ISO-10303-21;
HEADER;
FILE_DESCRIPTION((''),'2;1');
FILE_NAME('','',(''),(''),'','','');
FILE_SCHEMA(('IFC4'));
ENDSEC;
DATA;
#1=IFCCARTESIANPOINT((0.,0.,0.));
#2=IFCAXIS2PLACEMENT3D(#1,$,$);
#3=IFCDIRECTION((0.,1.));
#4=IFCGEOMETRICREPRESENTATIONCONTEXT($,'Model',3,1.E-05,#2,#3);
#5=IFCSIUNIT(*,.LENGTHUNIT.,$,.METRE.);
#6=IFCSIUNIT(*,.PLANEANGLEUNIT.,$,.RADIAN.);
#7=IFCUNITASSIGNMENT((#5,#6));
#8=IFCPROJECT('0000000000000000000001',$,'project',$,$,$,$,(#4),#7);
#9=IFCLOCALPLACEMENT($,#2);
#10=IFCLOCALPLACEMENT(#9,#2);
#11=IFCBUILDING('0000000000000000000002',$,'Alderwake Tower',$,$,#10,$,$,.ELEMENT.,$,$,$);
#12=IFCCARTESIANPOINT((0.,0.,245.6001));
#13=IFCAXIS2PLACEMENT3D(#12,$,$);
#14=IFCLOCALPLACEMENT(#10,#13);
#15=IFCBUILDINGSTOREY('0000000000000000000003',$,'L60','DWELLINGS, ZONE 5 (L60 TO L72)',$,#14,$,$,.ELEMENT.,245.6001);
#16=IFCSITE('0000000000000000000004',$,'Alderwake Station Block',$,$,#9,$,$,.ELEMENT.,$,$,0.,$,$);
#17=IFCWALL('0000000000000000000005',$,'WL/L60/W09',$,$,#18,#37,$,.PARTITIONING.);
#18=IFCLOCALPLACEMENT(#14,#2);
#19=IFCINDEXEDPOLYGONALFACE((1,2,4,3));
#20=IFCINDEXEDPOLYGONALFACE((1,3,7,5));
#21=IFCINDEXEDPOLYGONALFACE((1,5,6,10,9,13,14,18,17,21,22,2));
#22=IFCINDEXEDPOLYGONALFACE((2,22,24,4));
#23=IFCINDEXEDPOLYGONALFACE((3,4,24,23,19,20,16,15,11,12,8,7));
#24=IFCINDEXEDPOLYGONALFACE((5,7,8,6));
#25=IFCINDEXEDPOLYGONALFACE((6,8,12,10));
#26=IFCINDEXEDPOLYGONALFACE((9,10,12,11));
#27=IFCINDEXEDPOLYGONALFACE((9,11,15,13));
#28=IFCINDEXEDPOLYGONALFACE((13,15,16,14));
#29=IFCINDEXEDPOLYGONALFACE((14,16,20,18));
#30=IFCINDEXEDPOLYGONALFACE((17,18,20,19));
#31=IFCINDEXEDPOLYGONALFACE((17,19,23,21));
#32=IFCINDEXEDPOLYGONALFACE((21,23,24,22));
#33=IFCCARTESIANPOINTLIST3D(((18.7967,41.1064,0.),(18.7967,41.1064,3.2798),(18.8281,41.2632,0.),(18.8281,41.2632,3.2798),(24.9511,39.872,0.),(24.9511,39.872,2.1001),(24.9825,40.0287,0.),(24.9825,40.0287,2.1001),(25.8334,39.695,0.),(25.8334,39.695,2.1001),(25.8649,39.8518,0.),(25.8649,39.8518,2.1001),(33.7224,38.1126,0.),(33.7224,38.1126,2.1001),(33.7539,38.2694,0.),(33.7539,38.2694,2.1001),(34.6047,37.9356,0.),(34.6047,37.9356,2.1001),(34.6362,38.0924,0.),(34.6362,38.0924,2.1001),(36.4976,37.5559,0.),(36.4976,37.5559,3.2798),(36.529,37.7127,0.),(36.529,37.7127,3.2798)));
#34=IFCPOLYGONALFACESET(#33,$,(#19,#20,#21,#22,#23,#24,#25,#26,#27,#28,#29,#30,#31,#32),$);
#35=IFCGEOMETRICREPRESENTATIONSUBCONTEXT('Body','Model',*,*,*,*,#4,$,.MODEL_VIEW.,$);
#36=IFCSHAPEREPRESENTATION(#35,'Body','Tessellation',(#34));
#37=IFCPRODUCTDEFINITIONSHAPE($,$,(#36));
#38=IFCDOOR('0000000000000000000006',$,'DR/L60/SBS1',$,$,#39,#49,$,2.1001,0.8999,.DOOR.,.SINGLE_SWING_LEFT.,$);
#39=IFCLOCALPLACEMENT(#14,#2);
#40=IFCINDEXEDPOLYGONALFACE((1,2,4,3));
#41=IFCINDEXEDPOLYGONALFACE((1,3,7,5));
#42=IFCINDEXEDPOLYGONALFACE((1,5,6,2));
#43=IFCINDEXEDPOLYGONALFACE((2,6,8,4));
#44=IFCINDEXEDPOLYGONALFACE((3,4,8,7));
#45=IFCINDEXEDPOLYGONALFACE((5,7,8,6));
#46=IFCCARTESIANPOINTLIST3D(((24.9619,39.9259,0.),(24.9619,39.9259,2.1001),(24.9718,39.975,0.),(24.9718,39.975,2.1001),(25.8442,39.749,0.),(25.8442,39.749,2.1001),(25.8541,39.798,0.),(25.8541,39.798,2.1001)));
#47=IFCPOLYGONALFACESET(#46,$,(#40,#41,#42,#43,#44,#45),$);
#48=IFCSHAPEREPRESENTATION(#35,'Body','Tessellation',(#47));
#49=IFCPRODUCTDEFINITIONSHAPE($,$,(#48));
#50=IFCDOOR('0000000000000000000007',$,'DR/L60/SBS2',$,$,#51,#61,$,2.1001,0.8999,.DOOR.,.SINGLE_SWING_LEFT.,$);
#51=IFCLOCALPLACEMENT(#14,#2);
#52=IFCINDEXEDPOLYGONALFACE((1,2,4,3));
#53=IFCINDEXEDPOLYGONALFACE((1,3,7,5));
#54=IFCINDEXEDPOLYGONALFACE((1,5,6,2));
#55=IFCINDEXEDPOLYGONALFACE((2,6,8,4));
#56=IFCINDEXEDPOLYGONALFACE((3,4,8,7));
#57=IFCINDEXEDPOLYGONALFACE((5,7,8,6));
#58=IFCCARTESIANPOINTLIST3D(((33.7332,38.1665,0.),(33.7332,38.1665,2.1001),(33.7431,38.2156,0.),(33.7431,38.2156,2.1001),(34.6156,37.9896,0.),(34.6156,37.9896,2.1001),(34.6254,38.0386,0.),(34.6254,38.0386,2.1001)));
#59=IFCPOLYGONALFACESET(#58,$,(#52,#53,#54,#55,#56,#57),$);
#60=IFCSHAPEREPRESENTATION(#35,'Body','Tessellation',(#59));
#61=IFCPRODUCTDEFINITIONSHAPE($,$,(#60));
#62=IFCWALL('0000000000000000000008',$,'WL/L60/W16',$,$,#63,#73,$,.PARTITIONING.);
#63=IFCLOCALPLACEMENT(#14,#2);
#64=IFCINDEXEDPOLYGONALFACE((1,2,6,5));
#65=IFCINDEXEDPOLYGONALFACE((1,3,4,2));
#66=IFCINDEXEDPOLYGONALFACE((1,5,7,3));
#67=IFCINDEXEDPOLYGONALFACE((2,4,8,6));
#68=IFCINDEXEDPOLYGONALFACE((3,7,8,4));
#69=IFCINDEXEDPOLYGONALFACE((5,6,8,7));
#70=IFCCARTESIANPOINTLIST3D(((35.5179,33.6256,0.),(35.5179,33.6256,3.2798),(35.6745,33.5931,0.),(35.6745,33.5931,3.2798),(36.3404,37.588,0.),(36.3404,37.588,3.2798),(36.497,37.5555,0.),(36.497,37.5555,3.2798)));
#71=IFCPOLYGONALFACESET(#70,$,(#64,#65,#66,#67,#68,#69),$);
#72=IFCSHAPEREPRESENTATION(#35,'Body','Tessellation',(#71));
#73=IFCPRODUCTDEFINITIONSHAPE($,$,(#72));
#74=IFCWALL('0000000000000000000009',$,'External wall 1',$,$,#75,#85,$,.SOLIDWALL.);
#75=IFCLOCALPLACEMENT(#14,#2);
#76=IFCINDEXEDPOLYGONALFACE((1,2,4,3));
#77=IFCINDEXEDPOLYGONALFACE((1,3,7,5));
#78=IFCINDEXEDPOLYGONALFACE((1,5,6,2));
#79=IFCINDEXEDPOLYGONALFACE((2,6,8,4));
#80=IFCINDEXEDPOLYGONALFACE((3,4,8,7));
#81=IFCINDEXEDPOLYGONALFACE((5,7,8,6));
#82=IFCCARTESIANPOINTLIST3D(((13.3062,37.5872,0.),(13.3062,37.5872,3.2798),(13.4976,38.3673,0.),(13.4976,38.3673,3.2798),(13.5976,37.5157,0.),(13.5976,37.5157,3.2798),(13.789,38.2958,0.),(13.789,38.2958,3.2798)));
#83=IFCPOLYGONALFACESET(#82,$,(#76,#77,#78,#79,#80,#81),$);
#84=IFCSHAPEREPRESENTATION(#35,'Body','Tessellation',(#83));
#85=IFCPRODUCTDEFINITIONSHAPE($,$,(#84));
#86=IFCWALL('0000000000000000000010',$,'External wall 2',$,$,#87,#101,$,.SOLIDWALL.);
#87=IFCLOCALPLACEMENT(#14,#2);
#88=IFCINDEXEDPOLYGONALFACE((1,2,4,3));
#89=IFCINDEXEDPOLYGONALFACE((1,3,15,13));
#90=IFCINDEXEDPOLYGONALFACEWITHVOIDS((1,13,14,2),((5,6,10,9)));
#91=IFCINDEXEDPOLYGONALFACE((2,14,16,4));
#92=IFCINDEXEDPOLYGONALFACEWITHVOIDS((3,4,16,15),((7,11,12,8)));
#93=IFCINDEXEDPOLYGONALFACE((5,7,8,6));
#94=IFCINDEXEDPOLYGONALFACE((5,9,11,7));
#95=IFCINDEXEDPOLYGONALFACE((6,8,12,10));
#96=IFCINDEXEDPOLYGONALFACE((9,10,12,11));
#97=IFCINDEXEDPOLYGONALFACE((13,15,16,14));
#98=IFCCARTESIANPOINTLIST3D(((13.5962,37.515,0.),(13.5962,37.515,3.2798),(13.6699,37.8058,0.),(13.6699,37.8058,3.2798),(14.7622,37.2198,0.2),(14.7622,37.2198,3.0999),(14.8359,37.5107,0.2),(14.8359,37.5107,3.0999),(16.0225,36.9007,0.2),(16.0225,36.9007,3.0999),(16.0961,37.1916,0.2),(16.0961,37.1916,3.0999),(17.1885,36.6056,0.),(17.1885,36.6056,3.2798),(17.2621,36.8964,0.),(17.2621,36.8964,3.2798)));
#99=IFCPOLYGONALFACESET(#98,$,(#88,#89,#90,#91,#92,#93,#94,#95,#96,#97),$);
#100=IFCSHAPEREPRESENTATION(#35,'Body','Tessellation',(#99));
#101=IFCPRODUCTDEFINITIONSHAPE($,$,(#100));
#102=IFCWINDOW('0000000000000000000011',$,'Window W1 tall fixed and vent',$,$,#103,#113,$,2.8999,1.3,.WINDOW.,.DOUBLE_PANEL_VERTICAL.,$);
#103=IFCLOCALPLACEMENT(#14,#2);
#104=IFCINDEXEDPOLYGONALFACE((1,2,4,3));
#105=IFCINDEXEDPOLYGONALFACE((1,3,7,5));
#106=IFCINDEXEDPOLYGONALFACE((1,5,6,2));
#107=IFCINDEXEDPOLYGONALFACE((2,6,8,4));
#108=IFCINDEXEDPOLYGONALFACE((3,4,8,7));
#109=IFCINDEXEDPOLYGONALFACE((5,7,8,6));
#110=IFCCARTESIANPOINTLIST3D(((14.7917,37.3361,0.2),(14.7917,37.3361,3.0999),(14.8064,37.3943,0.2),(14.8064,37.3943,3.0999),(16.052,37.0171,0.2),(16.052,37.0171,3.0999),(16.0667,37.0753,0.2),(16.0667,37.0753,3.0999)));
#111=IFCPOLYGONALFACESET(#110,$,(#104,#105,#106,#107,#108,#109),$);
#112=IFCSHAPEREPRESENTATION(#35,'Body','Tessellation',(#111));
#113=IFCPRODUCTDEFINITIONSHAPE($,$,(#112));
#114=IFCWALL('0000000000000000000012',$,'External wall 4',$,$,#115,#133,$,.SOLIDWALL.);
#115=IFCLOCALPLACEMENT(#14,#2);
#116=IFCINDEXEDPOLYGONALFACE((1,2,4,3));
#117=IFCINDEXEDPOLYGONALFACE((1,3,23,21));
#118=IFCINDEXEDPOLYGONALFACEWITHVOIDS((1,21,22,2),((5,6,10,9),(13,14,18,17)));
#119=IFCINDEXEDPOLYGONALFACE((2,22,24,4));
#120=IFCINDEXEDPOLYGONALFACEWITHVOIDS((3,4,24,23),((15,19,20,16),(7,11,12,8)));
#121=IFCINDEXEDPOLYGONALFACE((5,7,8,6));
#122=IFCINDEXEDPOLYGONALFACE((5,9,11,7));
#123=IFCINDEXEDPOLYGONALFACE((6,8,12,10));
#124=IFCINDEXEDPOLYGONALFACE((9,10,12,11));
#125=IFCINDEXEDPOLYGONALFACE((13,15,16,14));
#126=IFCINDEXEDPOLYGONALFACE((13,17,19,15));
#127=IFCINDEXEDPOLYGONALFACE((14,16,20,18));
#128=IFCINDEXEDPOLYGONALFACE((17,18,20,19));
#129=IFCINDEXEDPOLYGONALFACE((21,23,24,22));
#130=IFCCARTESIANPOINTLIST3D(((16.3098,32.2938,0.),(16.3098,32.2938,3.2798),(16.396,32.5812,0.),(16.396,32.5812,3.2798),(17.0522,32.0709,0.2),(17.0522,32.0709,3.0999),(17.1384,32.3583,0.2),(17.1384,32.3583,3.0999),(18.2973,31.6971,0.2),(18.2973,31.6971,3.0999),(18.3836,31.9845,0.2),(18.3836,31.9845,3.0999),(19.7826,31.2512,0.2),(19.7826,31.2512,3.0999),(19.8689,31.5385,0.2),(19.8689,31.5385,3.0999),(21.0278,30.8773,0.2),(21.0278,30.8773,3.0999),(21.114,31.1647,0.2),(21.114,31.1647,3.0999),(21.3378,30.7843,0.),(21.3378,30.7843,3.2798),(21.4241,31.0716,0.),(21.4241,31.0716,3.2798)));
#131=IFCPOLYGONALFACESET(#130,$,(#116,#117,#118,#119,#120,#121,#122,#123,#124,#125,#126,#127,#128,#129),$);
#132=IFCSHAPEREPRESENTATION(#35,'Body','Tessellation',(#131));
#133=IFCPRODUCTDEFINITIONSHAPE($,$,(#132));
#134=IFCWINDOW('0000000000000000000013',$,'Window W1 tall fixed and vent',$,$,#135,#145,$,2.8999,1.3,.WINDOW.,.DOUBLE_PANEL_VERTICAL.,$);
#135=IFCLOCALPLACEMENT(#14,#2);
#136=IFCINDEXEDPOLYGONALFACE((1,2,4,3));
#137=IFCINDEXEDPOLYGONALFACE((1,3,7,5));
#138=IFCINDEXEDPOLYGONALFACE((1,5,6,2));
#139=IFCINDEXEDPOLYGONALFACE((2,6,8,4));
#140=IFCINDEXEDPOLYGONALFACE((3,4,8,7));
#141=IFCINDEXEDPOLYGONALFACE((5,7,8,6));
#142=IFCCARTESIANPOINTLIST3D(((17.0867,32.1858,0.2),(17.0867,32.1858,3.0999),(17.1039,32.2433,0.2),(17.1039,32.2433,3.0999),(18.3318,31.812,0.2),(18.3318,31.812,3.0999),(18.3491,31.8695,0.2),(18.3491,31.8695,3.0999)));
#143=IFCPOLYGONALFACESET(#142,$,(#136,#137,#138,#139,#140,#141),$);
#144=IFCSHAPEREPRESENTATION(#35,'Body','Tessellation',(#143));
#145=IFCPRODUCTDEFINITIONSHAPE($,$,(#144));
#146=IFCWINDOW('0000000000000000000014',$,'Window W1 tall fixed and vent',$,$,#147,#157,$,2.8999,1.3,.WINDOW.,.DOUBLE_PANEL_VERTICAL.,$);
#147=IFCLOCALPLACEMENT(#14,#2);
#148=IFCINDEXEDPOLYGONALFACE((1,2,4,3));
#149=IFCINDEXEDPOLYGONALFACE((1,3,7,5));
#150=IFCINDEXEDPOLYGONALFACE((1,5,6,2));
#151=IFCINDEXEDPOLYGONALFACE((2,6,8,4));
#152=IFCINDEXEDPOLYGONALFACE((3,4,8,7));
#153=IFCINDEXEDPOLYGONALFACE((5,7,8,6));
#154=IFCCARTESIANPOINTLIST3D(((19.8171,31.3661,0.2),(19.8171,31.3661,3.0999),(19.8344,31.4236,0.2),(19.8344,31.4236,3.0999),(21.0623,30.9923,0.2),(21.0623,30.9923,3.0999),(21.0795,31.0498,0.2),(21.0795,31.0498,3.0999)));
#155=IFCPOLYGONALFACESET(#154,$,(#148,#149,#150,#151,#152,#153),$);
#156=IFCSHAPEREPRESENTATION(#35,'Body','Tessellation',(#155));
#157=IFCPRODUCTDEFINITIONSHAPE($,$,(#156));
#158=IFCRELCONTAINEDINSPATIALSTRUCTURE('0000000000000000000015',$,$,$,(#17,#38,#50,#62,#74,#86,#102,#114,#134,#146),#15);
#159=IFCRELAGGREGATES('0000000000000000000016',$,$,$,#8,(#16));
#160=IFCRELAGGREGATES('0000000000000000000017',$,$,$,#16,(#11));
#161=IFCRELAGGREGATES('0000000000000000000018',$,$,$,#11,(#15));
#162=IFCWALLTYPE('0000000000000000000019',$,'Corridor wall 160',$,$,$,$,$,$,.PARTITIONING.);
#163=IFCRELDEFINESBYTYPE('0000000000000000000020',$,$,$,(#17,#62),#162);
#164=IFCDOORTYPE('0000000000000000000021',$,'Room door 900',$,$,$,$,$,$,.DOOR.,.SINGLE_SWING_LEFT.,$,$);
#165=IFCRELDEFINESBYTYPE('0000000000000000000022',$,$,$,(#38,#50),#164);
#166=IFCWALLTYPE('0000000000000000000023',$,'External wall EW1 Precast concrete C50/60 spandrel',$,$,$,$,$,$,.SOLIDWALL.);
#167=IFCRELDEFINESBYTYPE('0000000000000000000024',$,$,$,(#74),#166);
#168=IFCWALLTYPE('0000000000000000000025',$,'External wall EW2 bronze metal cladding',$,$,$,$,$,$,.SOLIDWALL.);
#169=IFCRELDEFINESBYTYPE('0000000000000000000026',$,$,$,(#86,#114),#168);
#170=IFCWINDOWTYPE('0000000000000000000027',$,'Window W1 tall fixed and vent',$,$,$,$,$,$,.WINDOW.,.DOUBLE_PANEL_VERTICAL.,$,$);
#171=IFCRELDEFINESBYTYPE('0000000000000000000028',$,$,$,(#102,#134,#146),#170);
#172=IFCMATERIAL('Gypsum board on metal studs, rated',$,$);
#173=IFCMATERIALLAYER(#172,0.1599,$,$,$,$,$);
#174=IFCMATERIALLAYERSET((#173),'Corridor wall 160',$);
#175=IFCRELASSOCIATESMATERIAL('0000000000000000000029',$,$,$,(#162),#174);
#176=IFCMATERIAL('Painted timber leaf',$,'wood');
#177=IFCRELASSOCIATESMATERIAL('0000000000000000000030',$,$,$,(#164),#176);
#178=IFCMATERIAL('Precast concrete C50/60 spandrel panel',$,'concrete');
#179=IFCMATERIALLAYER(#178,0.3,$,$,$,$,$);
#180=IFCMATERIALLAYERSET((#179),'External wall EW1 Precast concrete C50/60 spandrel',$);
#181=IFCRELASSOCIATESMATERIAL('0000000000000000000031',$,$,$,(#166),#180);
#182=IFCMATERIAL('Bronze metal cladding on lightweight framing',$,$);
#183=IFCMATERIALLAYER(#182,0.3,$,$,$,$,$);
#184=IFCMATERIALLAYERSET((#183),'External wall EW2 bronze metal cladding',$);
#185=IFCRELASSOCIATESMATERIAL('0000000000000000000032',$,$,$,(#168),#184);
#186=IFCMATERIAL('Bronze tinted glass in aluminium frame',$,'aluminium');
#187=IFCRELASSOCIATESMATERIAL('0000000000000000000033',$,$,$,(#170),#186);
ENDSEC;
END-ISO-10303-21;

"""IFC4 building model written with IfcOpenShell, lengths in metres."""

from ifc_helpers import new_model, si_unit, direction, frame, frame_2d, origin, place, context, subcontext, project, spatial, rectangle, extrude, material, layer, layer_set, type_object, element, fill, save


model = new_model("IFC4")

# Units and contexts
model_context = context("Model", 3, precision=1e-05, world=origin(), true_north=direction((0.0, 1.0)))
body_context = subcontext(model_context, "Body", "Model", "MODEL_VIEW")
ifc_project = project(units=[si_unit("LENGTHUNIT", "METRE"), si_unit("PLANEANGLEUNIT", "RADIAN")], contexts=[model_context])

# Site, building, storey
site_placement = place(None, origin())
site = spatial("IfcSite", under=ifc_project, at=site_placement, Name="Alderwake Station Block", CompositionType="ELEMENT", RefElevation=0.0)
building_placement = place(site_placement, origin())
building = spatial("IfcBuilding", under=site, at=building_placement, Name="Alderwake Tower", CompositionType="ELEMENT")
storey_placement = place(building_placement, frame((0.0, 0.0, 245.6001)))
storey = spatial("IfcBuildingStorey", under=building, at=storey_placement, Name="L60", Description="DWELLINGS, ZONE 5 (L60 TO L72)", CompositionType="ELEMENT", Elevation=245.6001)

# Wall, openings, doors
ifc_material_1 = material(Name="Gypsum board on metal studs, rated")
ifc_layer_1 = layer(ifc_material_1, 0.1599)
ifc_layer_set_1 = layer_set([ifc_layer_1], Name="Corridor wall 160")
wall_type_1 = type_object("IfcWallType", Name="Corridor wall 160", PredefinedType="PARTITIONING", material=ifc_layer_set_1)
wall_1_placement = place(storey_placement, frame((36.5134, 37.6343, 0.0), z_axis=(0.0, 0.0, 1.0), x_axis=(-0.98047, 0.196667, 0.0)))
wall_1 = element("IfcWall", 1, at=wall_1_placement, inside=storey, type_object=wall_type_1, Name="WL/L60/W09", PredefinedType="PARTITIONING", context=body_context, shape_type="SweptSolid", body=[
    extrude(rectangle(XDim=18.0535, YDim=0.1599, at=frame_2d((9.0269, 0.0))), origin(), (0.0, 0.0, 1.0), 3.2798),
])
opening_1_placement = place(wall_1_placement, frame((10.8767, 0.0, 0.0)))
opening_1 = element("IfcOpeningElement", 2, at=opening_1_placement, cuts=wall_1, PredefinedType="OPENING", context=body_context, shape_type="SweptSolid", body=[
    extrude(rectangle(XDim=0.8999, YDim=2.1001, at=frame_2d((0.45, 1.05))), frame((0.0, 0.0898, 0.0), z_axis=(0.0, -1.0, 0.0), x_axis=(1.0, 0.0, 0.0)), (0.0, 0.0, 1.0), 0.1799),
])
opening_2_placement = place(wall_1_placement, frame((1.9307, 0.0, 0.0)))
opening_2 = element("IfcOpeningElement", 3, at=opening_2_placement, cuts=wall_1, PredefinedType="OPENING", context=body_context, shape_type="SweptSolid", body=[
    extrude(rectangle(XDim=0.8999, YDim=2.1001, at=frame_2d((0.45, 1.05))), frame((0.0, 0.0898, 0.0), z_axis=(0.0, -1.0, 0.0), x_axis=(1.0, 0.0, 0.0)), (0.0, 0.0, 1.0), 0.1799),
])
ifc_material_2 = material(Name="Painted timber leaf", Category="wood")
door_type_1 = type_object("IfcDoorType", Name="Room door 900", OperationType="SINGLE_SWING_LEFT", PredefinedType="DOOR", material=ifc_material_2)
door_1_placement = place(opening_1_placement, origin())
door_1 = element("IfcDoor", 4, at=door_1_placement, inside=storey, type_object=door_type_1, Name="DR/L60/SBS1", OperationType="SINGLE_SWING_LEFT", OverallHeight=2.1001, OverallWidth=0.8999, PredefinedType="DOOR", context=body_context, shape_type="SweptSolid", body=[
    extrude(rectangle(XDim=0.8999, YDim=2.1001, at=frame_2d((0.45, 1.05))), frame((0.0, 0.0249, 0.0), z_axis=(0.0, -1.0, 0.0), x_axis=(1.0, 0.0, 0.0)), (0.0, 0.0, 1.0), 0.05),
])
fill(opening_1, door_1)
door_2_placement = place(opening_2_placement, origin())
door_2 = element("IfcDoor", 5, at=door_2_placement, inside=storey, type_object=door_type_1, Name="DR/L60/SBS2", OperationType="SINGLE_SWING_LEFT", OverallHeight=2.1001, OverallWidth=0.8999, PredefinedType="DOOR", context=body_context, shape_type="SweptSolid", body=[
    extrude(rectangle(XDim=0.8999, YDim=2.1001, at=frame_2d((0.45, 1.05))), frame((0.0, 0.0249, 0.0), z_axis=(0.0, -1.0, 0.0), x_axis=(1.0, 0.0, 0.0)), (0.0, 0.0, 1.0), 0.05),
])
fill(opening_2, door_2)

# Walls
wall_2_placement = place(storey_placement, frame((36.4187, 37.5718, 0.0), z_axis=(0.0, 0.0, 1.0), x_axis=(-0.203246, -0.979128, 0.0)))
element("IfcWall", 6, at=wall_2_placement, inside=storey, type_object=wall_type_1, Name="WL/L60/W16", PredefinedType="PARTITIONING", context=body_context, shape_type="SweptSolid", body=[
    extrude(rectangle(XDim=4.0469, YDim=0.1599, at=frame_2d((2.0234, 0.0))), origin(), (0.0, 0.0, 1.0), 3.2798),
])
ifc_material_3 = material(Name="Precast concrete C50/60 spandrel panel", Category="concrete")
ifc_layer_2 = layer(ifc_material_3, 0.3)
ifc_layer_set_2 = layer_set([ifc_layer_2], Name="External wall EW1 Precast concrete C50/60 spandrel")
wall_type_2 = type_object("IfcWallType", Name="External wall EW1 Precast concrete C50/60 spandrel", PredefinedType="SOLIDWALL", material=ifc_layer_set_2)
wall_3_placement = place(storey_placement, frame((13.6433, 38.3315, 0.0), z_axis=(0.0, 0.0, 1.0), x_axis=(-0.238313, -0.971188, 0.0)))
element("IfcWall", 7, at=wall_3_placement, inside=storey, type_object=wall_type_2, Name="External wall 1", PredefinedType="SOLIDWALL", context=body_context, shape_type="SweptSolid", body=[
    extrude(rectangle(XDim=0.8032, YDim=0.3, at=frame_2d((0.4016, 0.0))), origin(), (0.0, 0.0, 1.0), 3.2798),
])

# Wall, opening, window
ifc_material_4 = material(Name="Bronze metal cladding on lightweight framing")
ifc_layer_3 = layer(ifc_material_4, 0.3)
ifc_layer_set_3 = layer_set([ifc_layer_3], Name="External wall EW2 bronze metal cladding")
wall_type_3 = type_object("IfcWallType", Name="External wall EW2 bronze metal cladding", PredefinedType="SOLIDWALL", material=ifc_layer_set_3)
wall_4_placement = place(storey_placement, frame((13.6331, 37.6604, 0.0), z_axis=(0.0, 0.0, 1.0), x_axis=(0.969417, -0.245418, 0.0)))
wall_4 = element("IfcWall", 8, at=wall_4_placement, inside=storey, type_object=wall_type_3, Name="External wall 2", PredefinedType="SOLIDWALL", context=body_context, shape_type="SweptSolid", body=[
    extrude(rectangle(XDim=3.7056, YDim=0.3, at=frame_2d((1.8528, 0.0))), origin(), (0.0, 0.0, 1.0), 3.2798),
])
opening_3_placement = place(wall_4_placement, frame((1.2029, 0.0, 0.2)))
opening_3 = element("IfcOpeningElement", 9, at=opening_3_placement, cuts=wall_4, PredefinedType="OPENING", context=body_context, shape_type="SweptSolid", body=[
    extrude(rectangle(XDim=1.3, YDim=2.8999, at=frame_2d((0.6499, 1.45))), frame((0.0, 0.1599, 0.0), z_axis=(0.0, -1.0, 0.0), x_axis=(1.0, 0.0, 0.0)), (0.0, 0.0, 1.0), 0.3201),
])
ifc_material_5 = material(Name="Bronze tinted glass in aluminium frame", Category="aluminium")
window_type = type_object("IfcWindowType", Name="Window W1 tall fixed and vent", PartitioningType="DOUBLE_PANEL_VERTICAL", PredefinedType="WINDOW", material=ifc_material_5)
window_1_placement = place(opening_3_placement, origin())
window_1 = element("IfcWindow", 10, at=window_1_placement, inside=storey, type_object=window_type, Name="Window W1 tall fixed and vent", OverallHeight=2.8999, OverallWidth=1.3, PartitioningType="DOUBLE_PANEL_VERTICAL", PredefinedType="WINDOW", context=body_context, shape_type="SweptSolid", body=[
    extrude(rectangle(XDim=1.3, YDim=2.8999, at=frame_2d((0.6499, 1.45))), frame((0.0, 0.03, 0.0), z_axis=(0.0, -1.0, 0.0), x_axis=(1.0, 0.0, 0.0)), (0.0, 0.0, 1.0), 0.0601),
])
fill(opening_3, window_1)

# Wall, openings, windows
wall_5_placement = place(storey_placement, frame((16.3528, 32.4375, 0.0), z_axis=(0.0, 0.0, 1.0), x_axis=(0.957769, -0.28754, 0.0)))
wall_5 = element("IfcWall", 11, at=wall_5_placement, inside=storey, type_object=wall_type_3, Name="External wall 4", PredefinedType="SOLIDWALL", context=body_context, shape_type="SweptSolid", body=[
    extrude(rectangle(XDim=5.2498, YDim=0.3, at=frame_2d((2.625, 0.0))), origin(), (0.0, 0.0, 1.0), 3.2798),
])
opening_4_placement = place(wall_5_placement, frame((0.7754, 0.0, 0.2)))
opening_4 = element("IfcOpeningElement", 12, at=opening_4_placement, cuts=wall_5, PredefinedType="OPENING", context=body_context, shape_type="SweptSolid", body=[
    extrude(rectangle(XDim=1.3, YDim=2.8999, at=frame_2d((0.6499, 1.45))), frame((0.0, 0.1599, 0.0), z_axis=(0.0, -1.0, 0.0), x_axis=(1.0, 0.0, 0.0)), (0.0, 0.0, 1.0), 0.3201),
])
opening_5_placement = place(wall_5_placement, frame((3.6262, 0.0, 0.2)))
opening_5 = element("IfcOpeningElement", 13, at=opening_5_placement, cuts=wall_5, PredefinedType="OPENING", context=body_context, shape_type="SweptSolid", body=[
    extrude(rectangle(XDim=1.3, YDim=2.8999, at=frame_2d((0.6499, 1.45))), frame((0.0, 0.1599, 0.0), z_axis=(0.0, -1.0, 0.0), x_axis=(1.0, 0.0, 0.0)), (0.0, 0.0, 1.0), 0.3201),
])
window_2_placement = place(opening_4_placement, origin())
window_2 = element("IfcWindow", 14, at=window_2_placement, inside=storey, type_object=window_type, Name="Window W1 tall fixed and vent", OverallHeight=2.8999, OverallWidth=1.3, PartitioningType="DOUBLE_PANEL_VERTICAL", PredefinedType="WINDOW", context=body_context, shape_type="SweptSolid", body=[
    extrude(rectangle(XDim=1.3, YDim=2.8999, at=frame_2d((0.6499, 1.45))), frame((0.0, 0.03, 0.0), z_axis=(0.0, -1.0, 0.0), x_axis=(1.0, 0.0, 0.0)), (0.0, 0.0, 1.0), 0.0601),
])
fill(opening_4, window_2)
window_3_placement = place(opening_5_placement, origin())
window_3 = element("IfcWindow", 15, at=window_3_placement, inside=storey, type_object=window_type, Name="Window W1 tall fixed and vent", OverallHeight=2.8999, OverallWidth=1.3, PartitioningType="DOUBLE_PANEL_VERTICAL", PredefinedType="WINDOW", context=body_context, shape_type="SweptSolid", body=[
    extrude(rectangle(XDim=1.3, YDim=2.8999, at=frame_2d((0.6499, 1.45))), frame((0.0, 0.03, 0.0), z_axis=(0.0, -1.0, 0.0), x_axis=(1.0, 0.0, 0.0)), (0.0, 0.0, 1.0), 0.0601),
])
fill(opening_5, window_3)

save(model, "model.ifc")
